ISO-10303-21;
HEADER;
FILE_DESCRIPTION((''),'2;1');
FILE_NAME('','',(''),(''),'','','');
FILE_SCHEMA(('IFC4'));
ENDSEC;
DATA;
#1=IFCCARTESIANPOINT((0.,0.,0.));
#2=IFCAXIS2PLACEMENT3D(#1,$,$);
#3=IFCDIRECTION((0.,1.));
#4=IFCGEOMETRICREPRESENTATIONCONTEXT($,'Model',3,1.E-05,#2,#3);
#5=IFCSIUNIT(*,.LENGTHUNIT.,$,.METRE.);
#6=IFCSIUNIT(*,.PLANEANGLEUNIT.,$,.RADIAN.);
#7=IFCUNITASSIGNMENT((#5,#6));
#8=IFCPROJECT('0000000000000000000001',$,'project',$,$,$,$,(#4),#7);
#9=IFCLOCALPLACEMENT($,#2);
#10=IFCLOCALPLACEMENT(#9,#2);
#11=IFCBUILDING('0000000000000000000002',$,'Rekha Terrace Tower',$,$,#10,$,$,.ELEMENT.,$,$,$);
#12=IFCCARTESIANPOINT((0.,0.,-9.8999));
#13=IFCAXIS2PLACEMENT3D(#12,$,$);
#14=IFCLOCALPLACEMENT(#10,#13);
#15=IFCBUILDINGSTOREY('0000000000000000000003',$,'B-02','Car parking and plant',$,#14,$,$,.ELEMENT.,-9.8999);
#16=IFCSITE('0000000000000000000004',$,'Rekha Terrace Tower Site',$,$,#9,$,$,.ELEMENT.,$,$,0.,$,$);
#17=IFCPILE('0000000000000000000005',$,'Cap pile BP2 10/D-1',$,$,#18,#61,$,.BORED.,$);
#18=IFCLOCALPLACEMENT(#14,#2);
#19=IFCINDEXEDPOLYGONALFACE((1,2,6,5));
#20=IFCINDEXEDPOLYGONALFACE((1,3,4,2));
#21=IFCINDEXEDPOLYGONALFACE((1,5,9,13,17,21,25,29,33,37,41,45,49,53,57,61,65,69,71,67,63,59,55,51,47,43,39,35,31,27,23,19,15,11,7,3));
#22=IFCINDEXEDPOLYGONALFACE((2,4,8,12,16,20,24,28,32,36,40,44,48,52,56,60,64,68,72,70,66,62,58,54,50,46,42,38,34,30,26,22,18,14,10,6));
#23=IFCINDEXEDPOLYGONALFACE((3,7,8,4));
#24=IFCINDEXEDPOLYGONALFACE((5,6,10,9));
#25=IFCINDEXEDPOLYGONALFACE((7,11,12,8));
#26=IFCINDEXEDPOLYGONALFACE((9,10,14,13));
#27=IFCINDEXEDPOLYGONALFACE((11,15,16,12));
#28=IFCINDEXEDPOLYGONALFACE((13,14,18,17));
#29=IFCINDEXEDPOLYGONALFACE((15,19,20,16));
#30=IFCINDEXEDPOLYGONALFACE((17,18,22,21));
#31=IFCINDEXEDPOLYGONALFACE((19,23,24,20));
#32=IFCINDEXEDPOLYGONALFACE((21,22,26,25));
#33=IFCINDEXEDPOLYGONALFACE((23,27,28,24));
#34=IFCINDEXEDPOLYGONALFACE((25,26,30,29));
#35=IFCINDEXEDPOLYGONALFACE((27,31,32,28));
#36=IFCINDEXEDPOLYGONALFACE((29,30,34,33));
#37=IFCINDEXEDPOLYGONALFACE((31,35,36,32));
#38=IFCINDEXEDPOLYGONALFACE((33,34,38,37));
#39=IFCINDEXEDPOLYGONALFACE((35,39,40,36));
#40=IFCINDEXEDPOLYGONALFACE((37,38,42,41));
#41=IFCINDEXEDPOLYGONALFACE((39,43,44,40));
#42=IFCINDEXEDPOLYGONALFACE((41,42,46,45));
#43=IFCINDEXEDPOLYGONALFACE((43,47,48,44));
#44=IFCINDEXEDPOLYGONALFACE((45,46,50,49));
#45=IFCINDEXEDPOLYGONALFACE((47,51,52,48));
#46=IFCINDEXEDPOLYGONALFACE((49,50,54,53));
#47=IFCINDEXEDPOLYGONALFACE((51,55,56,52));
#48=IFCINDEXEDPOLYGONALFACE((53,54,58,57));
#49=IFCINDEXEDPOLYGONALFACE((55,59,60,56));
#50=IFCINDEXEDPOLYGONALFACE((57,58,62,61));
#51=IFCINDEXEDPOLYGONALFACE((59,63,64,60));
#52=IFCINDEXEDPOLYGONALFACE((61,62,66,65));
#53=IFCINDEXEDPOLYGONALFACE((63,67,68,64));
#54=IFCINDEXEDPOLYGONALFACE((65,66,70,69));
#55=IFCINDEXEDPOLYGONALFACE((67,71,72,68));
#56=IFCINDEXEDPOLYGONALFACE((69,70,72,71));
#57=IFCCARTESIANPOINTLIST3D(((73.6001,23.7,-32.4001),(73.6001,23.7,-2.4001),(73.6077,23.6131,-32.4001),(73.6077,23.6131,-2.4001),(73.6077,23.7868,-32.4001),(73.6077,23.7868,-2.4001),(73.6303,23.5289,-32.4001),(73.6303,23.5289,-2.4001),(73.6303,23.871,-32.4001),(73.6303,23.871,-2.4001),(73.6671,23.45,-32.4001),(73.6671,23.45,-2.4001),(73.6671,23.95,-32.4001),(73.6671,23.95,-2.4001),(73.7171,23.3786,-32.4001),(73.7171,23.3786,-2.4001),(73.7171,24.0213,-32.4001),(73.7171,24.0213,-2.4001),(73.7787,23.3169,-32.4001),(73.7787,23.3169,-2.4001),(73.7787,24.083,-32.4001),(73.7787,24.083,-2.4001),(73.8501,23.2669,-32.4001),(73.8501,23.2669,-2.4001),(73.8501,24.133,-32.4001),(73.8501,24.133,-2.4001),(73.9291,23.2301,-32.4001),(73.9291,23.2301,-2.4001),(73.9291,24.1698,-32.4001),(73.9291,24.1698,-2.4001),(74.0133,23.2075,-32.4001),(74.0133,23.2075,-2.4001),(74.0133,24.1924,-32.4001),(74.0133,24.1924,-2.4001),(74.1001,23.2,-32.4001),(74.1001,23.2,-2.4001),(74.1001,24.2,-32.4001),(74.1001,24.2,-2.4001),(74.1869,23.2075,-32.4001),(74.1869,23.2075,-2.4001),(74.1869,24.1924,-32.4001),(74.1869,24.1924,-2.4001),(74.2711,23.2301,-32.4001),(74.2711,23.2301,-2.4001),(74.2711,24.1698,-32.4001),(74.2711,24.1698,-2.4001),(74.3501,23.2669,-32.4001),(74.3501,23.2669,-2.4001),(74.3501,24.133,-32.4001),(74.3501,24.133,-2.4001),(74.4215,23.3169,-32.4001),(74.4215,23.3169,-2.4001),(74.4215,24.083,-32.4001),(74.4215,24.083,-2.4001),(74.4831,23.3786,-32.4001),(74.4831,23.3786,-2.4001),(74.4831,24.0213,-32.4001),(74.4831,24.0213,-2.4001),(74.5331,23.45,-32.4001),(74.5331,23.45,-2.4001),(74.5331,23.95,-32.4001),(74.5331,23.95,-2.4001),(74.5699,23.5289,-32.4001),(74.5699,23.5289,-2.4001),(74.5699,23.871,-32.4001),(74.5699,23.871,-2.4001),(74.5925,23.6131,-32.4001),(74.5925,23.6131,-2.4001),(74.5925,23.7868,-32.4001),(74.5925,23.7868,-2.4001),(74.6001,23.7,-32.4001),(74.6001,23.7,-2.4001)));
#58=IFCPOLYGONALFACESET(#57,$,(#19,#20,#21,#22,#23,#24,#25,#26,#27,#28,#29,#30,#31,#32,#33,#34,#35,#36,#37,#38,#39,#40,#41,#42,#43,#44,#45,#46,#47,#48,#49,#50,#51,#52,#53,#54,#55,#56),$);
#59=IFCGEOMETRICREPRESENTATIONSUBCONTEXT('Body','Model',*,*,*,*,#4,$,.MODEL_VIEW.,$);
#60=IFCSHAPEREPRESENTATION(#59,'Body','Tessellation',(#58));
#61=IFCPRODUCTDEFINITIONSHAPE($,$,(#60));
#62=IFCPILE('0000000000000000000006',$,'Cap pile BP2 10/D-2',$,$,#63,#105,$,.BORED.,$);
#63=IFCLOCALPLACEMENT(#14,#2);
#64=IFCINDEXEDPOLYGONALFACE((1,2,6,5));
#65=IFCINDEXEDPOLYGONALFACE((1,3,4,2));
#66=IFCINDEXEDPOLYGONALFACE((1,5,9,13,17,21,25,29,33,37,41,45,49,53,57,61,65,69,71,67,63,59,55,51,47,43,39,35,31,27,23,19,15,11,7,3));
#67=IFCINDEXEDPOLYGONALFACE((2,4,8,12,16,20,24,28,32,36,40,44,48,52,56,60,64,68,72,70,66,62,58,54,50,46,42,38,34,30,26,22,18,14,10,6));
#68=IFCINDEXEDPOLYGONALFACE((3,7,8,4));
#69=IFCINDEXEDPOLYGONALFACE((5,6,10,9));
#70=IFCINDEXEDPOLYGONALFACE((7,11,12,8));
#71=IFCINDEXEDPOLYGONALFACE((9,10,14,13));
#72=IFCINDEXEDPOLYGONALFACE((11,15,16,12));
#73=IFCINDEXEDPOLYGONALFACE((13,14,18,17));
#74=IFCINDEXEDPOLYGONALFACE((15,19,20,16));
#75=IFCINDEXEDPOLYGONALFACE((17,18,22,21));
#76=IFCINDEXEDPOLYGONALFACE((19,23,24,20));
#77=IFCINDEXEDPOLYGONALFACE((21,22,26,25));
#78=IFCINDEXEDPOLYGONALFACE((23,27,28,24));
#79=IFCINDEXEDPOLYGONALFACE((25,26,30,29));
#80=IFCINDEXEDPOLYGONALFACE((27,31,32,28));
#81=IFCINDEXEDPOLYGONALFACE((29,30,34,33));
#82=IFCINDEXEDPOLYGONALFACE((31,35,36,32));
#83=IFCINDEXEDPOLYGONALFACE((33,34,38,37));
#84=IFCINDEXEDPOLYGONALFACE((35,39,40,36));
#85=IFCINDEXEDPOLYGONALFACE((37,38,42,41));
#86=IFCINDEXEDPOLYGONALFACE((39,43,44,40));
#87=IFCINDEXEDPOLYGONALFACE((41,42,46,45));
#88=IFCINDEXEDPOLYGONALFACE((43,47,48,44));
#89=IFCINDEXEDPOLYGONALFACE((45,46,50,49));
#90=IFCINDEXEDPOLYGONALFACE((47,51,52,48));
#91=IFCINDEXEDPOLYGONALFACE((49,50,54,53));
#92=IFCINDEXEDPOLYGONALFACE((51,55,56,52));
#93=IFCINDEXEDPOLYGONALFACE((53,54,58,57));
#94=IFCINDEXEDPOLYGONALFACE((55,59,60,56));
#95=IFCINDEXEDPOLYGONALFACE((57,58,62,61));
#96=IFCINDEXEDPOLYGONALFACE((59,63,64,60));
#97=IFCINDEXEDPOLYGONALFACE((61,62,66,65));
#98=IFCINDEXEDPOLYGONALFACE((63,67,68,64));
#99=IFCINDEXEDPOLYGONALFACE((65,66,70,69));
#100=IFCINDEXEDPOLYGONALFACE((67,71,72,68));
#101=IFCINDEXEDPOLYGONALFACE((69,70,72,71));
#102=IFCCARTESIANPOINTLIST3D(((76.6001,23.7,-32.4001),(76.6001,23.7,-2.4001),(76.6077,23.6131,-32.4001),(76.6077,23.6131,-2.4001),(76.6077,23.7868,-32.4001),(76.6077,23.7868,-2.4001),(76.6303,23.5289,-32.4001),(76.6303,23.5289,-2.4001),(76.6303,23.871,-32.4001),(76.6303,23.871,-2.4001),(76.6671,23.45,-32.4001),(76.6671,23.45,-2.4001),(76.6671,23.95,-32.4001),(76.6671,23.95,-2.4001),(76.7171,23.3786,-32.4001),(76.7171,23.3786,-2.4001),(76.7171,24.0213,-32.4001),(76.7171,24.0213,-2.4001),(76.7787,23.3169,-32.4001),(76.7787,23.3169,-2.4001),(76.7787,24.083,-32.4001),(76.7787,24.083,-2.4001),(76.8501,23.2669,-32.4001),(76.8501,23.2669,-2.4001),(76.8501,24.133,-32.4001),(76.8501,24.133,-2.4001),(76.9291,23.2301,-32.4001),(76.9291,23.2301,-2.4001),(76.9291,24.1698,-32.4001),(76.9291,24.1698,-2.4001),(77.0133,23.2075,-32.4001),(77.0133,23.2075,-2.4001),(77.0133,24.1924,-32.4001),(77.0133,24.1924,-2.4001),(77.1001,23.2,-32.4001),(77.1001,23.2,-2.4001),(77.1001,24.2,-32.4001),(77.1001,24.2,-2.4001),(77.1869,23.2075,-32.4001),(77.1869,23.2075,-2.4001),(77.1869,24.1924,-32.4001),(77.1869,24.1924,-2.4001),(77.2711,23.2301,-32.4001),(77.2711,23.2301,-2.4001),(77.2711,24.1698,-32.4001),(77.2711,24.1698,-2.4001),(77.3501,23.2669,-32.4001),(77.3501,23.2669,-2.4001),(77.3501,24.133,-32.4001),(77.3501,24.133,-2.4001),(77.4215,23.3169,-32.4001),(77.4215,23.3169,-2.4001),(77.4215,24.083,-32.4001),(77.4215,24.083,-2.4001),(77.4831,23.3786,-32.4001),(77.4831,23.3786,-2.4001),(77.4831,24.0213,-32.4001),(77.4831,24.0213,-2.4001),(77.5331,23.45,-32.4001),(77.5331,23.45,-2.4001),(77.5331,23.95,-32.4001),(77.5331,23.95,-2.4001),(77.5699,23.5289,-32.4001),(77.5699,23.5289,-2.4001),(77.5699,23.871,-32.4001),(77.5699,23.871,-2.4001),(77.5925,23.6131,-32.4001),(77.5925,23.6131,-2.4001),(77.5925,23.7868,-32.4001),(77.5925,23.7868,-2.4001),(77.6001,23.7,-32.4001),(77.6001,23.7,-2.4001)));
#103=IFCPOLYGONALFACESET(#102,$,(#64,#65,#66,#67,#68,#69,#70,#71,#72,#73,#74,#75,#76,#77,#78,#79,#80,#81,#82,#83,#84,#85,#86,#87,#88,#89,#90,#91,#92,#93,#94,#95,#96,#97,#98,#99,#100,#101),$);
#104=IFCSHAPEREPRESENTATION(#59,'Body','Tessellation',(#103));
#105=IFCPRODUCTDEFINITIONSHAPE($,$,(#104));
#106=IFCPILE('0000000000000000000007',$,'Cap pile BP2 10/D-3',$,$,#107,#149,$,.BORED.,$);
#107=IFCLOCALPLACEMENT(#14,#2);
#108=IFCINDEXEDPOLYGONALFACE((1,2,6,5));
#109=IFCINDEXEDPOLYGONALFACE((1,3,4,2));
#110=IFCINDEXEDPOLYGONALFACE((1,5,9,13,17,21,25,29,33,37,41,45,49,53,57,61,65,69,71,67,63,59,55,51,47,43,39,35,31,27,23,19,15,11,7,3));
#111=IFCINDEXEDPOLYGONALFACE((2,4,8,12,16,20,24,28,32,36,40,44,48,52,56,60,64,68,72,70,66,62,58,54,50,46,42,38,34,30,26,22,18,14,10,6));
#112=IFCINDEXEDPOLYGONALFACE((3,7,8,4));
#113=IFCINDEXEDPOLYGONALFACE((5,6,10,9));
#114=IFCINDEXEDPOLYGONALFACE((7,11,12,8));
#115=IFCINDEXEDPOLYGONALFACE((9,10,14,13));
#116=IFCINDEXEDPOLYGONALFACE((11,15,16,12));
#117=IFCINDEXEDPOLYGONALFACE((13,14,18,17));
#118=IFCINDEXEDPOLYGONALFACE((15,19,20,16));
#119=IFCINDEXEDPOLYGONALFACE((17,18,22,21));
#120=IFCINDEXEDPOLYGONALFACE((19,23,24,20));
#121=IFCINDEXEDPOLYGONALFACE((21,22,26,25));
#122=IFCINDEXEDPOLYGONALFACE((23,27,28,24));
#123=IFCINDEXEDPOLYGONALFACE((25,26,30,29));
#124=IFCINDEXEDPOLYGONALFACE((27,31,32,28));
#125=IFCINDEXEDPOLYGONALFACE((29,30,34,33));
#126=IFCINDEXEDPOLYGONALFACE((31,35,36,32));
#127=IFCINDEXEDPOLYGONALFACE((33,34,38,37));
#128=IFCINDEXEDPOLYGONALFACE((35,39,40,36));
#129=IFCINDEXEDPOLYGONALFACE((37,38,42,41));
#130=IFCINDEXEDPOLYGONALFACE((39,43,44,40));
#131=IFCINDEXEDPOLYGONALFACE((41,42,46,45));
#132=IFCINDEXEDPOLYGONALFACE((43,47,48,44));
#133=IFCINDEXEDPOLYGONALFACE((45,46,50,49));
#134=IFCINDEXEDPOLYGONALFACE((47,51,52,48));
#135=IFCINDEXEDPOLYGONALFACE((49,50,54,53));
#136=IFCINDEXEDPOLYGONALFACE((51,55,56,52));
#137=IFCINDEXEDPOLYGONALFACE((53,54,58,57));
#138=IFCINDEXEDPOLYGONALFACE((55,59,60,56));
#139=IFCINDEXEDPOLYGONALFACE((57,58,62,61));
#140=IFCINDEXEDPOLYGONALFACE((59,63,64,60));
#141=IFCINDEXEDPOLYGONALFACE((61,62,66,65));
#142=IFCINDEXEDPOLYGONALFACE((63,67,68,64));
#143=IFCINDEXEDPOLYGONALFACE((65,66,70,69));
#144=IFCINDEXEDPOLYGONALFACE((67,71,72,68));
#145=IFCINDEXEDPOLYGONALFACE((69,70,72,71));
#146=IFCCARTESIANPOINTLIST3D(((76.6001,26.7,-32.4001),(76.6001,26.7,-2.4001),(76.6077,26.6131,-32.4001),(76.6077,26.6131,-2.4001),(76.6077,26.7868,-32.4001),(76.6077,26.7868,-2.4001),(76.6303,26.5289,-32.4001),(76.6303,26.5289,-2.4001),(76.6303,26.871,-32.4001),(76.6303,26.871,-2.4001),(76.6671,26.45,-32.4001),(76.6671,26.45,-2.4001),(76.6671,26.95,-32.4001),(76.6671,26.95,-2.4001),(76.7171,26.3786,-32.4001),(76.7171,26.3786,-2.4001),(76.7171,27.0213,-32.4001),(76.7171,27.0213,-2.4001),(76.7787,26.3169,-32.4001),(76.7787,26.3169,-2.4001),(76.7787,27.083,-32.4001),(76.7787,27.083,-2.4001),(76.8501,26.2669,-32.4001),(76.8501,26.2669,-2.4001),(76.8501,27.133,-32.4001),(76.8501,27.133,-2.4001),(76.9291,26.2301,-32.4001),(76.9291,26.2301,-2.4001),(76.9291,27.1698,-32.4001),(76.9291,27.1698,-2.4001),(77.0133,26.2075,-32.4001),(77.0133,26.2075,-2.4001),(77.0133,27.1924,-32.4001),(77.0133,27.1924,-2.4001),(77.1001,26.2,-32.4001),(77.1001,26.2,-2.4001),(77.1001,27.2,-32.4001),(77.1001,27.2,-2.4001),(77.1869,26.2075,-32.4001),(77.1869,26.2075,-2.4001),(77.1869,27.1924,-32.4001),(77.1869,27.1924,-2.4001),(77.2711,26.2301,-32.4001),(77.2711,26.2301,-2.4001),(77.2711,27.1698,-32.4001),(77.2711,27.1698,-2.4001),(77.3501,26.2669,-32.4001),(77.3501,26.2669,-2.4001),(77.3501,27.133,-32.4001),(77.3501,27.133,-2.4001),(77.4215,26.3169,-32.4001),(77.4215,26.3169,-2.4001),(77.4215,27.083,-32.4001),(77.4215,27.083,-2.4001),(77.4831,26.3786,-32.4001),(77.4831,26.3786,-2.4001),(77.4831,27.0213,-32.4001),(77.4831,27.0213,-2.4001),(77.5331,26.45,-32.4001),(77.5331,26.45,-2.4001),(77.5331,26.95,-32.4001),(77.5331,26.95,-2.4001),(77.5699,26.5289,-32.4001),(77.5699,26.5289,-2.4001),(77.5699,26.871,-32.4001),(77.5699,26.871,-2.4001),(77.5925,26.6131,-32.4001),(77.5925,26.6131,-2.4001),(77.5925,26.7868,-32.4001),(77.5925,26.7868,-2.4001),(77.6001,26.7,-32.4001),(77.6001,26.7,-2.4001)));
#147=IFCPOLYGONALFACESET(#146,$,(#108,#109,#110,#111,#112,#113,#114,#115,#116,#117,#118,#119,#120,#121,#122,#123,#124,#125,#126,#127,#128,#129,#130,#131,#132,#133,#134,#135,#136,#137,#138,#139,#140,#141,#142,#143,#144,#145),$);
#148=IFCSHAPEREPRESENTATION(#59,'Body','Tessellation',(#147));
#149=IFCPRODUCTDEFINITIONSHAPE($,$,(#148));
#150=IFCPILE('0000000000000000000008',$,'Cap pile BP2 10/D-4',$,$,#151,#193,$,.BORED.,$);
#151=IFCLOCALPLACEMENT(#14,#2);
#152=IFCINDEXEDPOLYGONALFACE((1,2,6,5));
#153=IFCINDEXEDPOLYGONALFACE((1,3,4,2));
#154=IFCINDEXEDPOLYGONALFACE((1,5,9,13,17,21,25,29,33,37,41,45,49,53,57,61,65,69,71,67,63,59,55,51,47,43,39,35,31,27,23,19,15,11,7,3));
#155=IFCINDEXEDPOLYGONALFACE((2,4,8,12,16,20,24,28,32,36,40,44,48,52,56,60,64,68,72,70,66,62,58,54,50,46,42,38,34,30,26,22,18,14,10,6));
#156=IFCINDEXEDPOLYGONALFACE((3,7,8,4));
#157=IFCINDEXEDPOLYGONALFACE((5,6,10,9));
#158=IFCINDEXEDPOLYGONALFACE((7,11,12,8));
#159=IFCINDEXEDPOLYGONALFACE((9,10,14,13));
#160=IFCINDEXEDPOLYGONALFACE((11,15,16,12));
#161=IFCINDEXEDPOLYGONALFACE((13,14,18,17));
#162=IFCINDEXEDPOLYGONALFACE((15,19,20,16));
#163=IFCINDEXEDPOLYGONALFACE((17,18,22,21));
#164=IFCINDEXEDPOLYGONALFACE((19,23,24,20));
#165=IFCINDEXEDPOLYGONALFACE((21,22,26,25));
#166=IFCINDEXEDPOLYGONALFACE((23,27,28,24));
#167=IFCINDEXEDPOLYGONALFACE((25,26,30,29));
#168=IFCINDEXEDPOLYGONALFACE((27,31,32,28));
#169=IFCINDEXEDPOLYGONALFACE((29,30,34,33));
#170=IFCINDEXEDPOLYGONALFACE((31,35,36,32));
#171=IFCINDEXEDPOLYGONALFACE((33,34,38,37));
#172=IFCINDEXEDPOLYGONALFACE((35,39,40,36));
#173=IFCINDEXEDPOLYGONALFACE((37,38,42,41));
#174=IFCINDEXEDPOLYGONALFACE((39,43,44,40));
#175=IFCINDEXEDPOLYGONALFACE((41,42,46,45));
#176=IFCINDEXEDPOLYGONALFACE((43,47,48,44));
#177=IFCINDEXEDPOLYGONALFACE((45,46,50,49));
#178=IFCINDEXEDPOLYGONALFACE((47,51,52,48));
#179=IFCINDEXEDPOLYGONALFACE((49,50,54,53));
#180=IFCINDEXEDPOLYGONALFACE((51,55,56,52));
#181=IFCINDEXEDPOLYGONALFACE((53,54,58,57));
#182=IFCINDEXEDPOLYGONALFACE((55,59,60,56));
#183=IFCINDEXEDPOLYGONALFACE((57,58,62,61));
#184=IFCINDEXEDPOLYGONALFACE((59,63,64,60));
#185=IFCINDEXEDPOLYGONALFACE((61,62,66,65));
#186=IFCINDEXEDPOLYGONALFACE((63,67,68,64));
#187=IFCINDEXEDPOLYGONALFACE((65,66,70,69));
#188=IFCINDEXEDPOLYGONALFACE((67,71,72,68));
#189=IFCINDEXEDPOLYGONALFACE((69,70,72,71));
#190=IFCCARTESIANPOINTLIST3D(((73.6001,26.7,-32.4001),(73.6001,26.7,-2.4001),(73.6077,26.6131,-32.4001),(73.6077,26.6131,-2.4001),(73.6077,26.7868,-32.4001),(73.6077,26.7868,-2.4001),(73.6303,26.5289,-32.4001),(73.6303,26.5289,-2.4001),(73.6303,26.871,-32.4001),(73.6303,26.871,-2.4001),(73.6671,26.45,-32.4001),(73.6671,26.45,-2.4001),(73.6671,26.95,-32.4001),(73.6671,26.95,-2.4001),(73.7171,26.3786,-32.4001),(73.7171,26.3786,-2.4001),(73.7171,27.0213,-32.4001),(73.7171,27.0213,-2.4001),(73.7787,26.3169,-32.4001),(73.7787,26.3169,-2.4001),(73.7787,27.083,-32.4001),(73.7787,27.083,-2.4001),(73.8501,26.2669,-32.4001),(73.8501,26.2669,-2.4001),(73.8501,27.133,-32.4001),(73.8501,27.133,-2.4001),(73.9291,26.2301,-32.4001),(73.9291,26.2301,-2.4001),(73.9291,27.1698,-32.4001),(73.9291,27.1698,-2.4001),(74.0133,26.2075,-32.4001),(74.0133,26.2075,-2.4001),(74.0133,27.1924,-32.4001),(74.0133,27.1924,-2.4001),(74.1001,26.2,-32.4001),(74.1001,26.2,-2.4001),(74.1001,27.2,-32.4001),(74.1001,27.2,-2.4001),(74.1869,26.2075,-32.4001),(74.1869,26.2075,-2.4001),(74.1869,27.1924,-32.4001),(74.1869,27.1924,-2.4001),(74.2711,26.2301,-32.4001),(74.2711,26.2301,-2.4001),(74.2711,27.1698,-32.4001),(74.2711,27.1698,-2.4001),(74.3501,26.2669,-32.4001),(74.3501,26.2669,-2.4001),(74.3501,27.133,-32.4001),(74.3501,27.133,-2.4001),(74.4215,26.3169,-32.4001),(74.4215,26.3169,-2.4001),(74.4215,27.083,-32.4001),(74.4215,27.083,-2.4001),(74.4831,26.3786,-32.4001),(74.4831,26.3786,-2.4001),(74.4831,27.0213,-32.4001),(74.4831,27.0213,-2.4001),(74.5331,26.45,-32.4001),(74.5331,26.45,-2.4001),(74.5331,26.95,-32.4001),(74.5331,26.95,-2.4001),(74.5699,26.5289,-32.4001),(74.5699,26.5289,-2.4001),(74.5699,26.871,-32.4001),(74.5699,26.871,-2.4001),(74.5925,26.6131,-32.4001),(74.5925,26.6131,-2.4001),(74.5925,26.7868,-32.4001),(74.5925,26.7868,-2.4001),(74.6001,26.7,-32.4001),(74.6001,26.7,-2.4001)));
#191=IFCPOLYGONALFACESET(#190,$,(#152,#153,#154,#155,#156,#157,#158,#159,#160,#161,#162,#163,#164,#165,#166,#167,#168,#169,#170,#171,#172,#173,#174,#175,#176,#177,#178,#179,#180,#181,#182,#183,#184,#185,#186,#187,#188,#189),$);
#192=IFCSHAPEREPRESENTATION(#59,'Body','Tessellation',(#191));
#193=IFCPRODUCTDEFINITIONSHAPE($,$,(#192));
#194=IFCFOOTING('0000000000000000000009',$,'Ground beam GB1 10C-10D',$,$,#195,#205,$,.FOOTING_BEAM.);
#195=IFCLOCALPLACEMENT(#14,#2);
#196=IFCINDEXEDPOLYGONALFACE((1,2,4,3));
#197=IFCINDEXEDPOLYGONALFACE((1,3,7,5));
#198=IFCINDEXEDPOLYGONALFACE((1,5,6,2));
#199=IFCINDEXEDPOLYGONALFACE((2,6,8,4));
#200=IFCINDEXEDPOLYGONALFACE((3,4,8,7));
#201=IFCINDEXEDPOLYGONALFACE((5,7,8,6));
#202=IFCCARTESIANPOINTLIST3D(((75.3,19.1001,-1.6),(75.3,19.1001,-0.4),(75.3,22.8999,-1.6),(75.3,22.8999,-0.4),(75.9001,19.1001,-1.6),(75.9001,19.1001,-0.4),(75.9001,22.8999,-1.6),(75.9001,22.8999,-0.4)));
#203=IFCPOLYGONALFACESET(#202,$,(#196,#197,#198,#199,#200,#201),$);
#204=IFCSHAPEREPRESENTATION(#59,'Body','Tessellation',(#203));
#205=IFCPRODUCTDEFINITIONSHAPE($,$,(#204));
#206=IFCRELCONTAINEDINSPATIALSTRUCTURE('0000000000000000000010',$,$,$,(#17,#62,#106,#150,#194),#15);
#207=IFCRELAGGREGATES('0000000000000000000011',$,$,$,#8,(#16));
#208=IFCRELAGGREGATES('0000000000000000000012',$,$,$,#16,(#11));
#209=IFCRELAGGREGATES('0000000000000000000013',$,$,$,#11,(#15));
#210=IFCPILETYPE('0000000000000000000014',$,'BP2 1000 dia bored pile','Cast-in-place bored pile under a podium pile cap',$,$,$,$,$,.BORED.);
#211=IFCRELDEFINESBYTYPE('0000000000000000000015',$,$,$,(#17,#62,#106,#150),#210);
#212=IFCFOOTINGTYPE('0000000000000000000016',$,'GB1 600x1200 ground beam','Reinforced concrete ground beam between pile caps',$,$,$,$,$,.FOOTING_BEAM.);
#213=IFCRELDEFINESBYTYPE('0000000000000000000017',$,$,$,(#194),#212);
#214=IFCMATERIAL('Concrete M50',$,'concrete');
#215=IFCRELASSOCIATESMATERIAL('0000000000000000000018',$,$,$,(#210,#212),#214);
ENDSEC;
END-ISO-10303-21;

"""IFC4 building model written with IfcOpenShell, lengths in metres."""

from ifc_helpers import new_model, si_unit, direction, frame, origin, origin_2d, place, context, subcontext, project, spatial, rectangle, circle, extrude, material, material_profile, profile_set, type_object, element, save


model = new_model("IFC4")

# Units and contexts
model_context = context("Model", 3, precision=1e-05, world=origin(), true_north=direction((0.0, 1.0)))
body_context = subcontext(model_context, "Body", "Model", "MODEL_VIEW")
ifc_project = project(units=[si_unit("LENGTHUNIT", "METRE"), si_unit("PLANEANGLEUNIT", "RADIAN")], contexts=[model_context])

# Site, building, storey
site_placement = place(None, origin())
site = spatial("IfcSite", under=ifc_project, at=site_placement, Name="Rekha Terrace Tower Site", CompositionType="ELEMENT", RefElevation=0.0)
building_placement = place(site_placement, origin())
building = spatial("IfcBuilding", under=site, at=building_placement, Name="Rekha Terrace Tower", CompositionType="ELEMENT")
storey_placement = place(building_placement, frame((0.0, 0.0, -9.8999)))
storey = spatial("IfcBuildingStorey", under=building, at=storey_placement, Name="B-02", Description="Car parking and plant", CompositionType="ELEMENT", Elevation=-9.8999)

# Piles
ifc_material_1 = material(Name="Concrete M50", Category="concrete")
pile_type = type_object("IfcPileType", Name="BP2 1000 dia bored pile", Description="Cast-in-place bored pile under a podium pile cap", PredefinedType="BORED", material=ifc_material_1)
for number, where, z_axis, x_axis, name in (
    (1, (74.1001, 23.7, -2.4001), (0.0, 0.0, -1.0), (1.0, 0.0, 0.0), "Cap pile BP2 10/D-1"),
    (2, (77.1001, 23.7, -2.4001), (0.0, 0.0, -1.0), (1.0, 0.0, 0.0), "Cap pile BP2 10/D-2"),
    (3, (77.1001, 26.7, -2.4001), (0.0, 0.0, -1.0), (1.0, 0.0, 0.0), "Cap pile BP2 10/D-3"),
    (4, (74.1001, 26.7, -2.4001), (0.0, 0.0, -1.0), (1.0, 0.0, 0.0), "Cap pile BP2 10/D-4"),
):
    element("IfcPile", number, at=place(storey_placement, frame(where, z_axis=z_axis, x_axis=x_axis)), inside=storey, type_object=pile_type, Name=name, PredefinedType="BORED", context=body_context, shape_type="SweptSolid", body=[
        extrude(circle(Radius=0.5, at=origin_2d()), origin(), (0.0, 0.0, 1.0), 30.0),
    ])

# Footing
ifc_material_profile_1 = material_profile(ifc_material_1, rectangle(XDim=0.6001, YDim=1.2, at=origin_2d()), Name="RC 600x1200")
ifc_profile_set_1 = profile_set([ifc_material_profile_1], Name="Concrete M50")
footing_type_1 = type_object("IfcFootingType", Name="GB1 600x1200 ground beam", Description="Reinforced concrete ground beam between pile caps", PredefinedType="FOOTING_BEAM", material=ifc_profile_set_1)
footing_1_placement = place(storey_placement, frame((75.6001, 19.1001, -1.0), z_axis=(0.0, 1.0, 0.0), x_axis=(-1.0, 0.0, 0.0)))
element("IfcFooting", 5, at=footing_1_placement, inside=storey, type_object=footing_type_1, Name="Ground beam GB1 10C-10D", PredefinedType="FOOTING_BEAM", context=body_context, shape_type="SweptSolid", body=[
    extrude(rectangle(XDim=0.6001, YDim=1.2, at=origin_2d()), origin(), (0.0, 0.0, 1.0), 3.7998),
])

save(model, "model.ifc")
